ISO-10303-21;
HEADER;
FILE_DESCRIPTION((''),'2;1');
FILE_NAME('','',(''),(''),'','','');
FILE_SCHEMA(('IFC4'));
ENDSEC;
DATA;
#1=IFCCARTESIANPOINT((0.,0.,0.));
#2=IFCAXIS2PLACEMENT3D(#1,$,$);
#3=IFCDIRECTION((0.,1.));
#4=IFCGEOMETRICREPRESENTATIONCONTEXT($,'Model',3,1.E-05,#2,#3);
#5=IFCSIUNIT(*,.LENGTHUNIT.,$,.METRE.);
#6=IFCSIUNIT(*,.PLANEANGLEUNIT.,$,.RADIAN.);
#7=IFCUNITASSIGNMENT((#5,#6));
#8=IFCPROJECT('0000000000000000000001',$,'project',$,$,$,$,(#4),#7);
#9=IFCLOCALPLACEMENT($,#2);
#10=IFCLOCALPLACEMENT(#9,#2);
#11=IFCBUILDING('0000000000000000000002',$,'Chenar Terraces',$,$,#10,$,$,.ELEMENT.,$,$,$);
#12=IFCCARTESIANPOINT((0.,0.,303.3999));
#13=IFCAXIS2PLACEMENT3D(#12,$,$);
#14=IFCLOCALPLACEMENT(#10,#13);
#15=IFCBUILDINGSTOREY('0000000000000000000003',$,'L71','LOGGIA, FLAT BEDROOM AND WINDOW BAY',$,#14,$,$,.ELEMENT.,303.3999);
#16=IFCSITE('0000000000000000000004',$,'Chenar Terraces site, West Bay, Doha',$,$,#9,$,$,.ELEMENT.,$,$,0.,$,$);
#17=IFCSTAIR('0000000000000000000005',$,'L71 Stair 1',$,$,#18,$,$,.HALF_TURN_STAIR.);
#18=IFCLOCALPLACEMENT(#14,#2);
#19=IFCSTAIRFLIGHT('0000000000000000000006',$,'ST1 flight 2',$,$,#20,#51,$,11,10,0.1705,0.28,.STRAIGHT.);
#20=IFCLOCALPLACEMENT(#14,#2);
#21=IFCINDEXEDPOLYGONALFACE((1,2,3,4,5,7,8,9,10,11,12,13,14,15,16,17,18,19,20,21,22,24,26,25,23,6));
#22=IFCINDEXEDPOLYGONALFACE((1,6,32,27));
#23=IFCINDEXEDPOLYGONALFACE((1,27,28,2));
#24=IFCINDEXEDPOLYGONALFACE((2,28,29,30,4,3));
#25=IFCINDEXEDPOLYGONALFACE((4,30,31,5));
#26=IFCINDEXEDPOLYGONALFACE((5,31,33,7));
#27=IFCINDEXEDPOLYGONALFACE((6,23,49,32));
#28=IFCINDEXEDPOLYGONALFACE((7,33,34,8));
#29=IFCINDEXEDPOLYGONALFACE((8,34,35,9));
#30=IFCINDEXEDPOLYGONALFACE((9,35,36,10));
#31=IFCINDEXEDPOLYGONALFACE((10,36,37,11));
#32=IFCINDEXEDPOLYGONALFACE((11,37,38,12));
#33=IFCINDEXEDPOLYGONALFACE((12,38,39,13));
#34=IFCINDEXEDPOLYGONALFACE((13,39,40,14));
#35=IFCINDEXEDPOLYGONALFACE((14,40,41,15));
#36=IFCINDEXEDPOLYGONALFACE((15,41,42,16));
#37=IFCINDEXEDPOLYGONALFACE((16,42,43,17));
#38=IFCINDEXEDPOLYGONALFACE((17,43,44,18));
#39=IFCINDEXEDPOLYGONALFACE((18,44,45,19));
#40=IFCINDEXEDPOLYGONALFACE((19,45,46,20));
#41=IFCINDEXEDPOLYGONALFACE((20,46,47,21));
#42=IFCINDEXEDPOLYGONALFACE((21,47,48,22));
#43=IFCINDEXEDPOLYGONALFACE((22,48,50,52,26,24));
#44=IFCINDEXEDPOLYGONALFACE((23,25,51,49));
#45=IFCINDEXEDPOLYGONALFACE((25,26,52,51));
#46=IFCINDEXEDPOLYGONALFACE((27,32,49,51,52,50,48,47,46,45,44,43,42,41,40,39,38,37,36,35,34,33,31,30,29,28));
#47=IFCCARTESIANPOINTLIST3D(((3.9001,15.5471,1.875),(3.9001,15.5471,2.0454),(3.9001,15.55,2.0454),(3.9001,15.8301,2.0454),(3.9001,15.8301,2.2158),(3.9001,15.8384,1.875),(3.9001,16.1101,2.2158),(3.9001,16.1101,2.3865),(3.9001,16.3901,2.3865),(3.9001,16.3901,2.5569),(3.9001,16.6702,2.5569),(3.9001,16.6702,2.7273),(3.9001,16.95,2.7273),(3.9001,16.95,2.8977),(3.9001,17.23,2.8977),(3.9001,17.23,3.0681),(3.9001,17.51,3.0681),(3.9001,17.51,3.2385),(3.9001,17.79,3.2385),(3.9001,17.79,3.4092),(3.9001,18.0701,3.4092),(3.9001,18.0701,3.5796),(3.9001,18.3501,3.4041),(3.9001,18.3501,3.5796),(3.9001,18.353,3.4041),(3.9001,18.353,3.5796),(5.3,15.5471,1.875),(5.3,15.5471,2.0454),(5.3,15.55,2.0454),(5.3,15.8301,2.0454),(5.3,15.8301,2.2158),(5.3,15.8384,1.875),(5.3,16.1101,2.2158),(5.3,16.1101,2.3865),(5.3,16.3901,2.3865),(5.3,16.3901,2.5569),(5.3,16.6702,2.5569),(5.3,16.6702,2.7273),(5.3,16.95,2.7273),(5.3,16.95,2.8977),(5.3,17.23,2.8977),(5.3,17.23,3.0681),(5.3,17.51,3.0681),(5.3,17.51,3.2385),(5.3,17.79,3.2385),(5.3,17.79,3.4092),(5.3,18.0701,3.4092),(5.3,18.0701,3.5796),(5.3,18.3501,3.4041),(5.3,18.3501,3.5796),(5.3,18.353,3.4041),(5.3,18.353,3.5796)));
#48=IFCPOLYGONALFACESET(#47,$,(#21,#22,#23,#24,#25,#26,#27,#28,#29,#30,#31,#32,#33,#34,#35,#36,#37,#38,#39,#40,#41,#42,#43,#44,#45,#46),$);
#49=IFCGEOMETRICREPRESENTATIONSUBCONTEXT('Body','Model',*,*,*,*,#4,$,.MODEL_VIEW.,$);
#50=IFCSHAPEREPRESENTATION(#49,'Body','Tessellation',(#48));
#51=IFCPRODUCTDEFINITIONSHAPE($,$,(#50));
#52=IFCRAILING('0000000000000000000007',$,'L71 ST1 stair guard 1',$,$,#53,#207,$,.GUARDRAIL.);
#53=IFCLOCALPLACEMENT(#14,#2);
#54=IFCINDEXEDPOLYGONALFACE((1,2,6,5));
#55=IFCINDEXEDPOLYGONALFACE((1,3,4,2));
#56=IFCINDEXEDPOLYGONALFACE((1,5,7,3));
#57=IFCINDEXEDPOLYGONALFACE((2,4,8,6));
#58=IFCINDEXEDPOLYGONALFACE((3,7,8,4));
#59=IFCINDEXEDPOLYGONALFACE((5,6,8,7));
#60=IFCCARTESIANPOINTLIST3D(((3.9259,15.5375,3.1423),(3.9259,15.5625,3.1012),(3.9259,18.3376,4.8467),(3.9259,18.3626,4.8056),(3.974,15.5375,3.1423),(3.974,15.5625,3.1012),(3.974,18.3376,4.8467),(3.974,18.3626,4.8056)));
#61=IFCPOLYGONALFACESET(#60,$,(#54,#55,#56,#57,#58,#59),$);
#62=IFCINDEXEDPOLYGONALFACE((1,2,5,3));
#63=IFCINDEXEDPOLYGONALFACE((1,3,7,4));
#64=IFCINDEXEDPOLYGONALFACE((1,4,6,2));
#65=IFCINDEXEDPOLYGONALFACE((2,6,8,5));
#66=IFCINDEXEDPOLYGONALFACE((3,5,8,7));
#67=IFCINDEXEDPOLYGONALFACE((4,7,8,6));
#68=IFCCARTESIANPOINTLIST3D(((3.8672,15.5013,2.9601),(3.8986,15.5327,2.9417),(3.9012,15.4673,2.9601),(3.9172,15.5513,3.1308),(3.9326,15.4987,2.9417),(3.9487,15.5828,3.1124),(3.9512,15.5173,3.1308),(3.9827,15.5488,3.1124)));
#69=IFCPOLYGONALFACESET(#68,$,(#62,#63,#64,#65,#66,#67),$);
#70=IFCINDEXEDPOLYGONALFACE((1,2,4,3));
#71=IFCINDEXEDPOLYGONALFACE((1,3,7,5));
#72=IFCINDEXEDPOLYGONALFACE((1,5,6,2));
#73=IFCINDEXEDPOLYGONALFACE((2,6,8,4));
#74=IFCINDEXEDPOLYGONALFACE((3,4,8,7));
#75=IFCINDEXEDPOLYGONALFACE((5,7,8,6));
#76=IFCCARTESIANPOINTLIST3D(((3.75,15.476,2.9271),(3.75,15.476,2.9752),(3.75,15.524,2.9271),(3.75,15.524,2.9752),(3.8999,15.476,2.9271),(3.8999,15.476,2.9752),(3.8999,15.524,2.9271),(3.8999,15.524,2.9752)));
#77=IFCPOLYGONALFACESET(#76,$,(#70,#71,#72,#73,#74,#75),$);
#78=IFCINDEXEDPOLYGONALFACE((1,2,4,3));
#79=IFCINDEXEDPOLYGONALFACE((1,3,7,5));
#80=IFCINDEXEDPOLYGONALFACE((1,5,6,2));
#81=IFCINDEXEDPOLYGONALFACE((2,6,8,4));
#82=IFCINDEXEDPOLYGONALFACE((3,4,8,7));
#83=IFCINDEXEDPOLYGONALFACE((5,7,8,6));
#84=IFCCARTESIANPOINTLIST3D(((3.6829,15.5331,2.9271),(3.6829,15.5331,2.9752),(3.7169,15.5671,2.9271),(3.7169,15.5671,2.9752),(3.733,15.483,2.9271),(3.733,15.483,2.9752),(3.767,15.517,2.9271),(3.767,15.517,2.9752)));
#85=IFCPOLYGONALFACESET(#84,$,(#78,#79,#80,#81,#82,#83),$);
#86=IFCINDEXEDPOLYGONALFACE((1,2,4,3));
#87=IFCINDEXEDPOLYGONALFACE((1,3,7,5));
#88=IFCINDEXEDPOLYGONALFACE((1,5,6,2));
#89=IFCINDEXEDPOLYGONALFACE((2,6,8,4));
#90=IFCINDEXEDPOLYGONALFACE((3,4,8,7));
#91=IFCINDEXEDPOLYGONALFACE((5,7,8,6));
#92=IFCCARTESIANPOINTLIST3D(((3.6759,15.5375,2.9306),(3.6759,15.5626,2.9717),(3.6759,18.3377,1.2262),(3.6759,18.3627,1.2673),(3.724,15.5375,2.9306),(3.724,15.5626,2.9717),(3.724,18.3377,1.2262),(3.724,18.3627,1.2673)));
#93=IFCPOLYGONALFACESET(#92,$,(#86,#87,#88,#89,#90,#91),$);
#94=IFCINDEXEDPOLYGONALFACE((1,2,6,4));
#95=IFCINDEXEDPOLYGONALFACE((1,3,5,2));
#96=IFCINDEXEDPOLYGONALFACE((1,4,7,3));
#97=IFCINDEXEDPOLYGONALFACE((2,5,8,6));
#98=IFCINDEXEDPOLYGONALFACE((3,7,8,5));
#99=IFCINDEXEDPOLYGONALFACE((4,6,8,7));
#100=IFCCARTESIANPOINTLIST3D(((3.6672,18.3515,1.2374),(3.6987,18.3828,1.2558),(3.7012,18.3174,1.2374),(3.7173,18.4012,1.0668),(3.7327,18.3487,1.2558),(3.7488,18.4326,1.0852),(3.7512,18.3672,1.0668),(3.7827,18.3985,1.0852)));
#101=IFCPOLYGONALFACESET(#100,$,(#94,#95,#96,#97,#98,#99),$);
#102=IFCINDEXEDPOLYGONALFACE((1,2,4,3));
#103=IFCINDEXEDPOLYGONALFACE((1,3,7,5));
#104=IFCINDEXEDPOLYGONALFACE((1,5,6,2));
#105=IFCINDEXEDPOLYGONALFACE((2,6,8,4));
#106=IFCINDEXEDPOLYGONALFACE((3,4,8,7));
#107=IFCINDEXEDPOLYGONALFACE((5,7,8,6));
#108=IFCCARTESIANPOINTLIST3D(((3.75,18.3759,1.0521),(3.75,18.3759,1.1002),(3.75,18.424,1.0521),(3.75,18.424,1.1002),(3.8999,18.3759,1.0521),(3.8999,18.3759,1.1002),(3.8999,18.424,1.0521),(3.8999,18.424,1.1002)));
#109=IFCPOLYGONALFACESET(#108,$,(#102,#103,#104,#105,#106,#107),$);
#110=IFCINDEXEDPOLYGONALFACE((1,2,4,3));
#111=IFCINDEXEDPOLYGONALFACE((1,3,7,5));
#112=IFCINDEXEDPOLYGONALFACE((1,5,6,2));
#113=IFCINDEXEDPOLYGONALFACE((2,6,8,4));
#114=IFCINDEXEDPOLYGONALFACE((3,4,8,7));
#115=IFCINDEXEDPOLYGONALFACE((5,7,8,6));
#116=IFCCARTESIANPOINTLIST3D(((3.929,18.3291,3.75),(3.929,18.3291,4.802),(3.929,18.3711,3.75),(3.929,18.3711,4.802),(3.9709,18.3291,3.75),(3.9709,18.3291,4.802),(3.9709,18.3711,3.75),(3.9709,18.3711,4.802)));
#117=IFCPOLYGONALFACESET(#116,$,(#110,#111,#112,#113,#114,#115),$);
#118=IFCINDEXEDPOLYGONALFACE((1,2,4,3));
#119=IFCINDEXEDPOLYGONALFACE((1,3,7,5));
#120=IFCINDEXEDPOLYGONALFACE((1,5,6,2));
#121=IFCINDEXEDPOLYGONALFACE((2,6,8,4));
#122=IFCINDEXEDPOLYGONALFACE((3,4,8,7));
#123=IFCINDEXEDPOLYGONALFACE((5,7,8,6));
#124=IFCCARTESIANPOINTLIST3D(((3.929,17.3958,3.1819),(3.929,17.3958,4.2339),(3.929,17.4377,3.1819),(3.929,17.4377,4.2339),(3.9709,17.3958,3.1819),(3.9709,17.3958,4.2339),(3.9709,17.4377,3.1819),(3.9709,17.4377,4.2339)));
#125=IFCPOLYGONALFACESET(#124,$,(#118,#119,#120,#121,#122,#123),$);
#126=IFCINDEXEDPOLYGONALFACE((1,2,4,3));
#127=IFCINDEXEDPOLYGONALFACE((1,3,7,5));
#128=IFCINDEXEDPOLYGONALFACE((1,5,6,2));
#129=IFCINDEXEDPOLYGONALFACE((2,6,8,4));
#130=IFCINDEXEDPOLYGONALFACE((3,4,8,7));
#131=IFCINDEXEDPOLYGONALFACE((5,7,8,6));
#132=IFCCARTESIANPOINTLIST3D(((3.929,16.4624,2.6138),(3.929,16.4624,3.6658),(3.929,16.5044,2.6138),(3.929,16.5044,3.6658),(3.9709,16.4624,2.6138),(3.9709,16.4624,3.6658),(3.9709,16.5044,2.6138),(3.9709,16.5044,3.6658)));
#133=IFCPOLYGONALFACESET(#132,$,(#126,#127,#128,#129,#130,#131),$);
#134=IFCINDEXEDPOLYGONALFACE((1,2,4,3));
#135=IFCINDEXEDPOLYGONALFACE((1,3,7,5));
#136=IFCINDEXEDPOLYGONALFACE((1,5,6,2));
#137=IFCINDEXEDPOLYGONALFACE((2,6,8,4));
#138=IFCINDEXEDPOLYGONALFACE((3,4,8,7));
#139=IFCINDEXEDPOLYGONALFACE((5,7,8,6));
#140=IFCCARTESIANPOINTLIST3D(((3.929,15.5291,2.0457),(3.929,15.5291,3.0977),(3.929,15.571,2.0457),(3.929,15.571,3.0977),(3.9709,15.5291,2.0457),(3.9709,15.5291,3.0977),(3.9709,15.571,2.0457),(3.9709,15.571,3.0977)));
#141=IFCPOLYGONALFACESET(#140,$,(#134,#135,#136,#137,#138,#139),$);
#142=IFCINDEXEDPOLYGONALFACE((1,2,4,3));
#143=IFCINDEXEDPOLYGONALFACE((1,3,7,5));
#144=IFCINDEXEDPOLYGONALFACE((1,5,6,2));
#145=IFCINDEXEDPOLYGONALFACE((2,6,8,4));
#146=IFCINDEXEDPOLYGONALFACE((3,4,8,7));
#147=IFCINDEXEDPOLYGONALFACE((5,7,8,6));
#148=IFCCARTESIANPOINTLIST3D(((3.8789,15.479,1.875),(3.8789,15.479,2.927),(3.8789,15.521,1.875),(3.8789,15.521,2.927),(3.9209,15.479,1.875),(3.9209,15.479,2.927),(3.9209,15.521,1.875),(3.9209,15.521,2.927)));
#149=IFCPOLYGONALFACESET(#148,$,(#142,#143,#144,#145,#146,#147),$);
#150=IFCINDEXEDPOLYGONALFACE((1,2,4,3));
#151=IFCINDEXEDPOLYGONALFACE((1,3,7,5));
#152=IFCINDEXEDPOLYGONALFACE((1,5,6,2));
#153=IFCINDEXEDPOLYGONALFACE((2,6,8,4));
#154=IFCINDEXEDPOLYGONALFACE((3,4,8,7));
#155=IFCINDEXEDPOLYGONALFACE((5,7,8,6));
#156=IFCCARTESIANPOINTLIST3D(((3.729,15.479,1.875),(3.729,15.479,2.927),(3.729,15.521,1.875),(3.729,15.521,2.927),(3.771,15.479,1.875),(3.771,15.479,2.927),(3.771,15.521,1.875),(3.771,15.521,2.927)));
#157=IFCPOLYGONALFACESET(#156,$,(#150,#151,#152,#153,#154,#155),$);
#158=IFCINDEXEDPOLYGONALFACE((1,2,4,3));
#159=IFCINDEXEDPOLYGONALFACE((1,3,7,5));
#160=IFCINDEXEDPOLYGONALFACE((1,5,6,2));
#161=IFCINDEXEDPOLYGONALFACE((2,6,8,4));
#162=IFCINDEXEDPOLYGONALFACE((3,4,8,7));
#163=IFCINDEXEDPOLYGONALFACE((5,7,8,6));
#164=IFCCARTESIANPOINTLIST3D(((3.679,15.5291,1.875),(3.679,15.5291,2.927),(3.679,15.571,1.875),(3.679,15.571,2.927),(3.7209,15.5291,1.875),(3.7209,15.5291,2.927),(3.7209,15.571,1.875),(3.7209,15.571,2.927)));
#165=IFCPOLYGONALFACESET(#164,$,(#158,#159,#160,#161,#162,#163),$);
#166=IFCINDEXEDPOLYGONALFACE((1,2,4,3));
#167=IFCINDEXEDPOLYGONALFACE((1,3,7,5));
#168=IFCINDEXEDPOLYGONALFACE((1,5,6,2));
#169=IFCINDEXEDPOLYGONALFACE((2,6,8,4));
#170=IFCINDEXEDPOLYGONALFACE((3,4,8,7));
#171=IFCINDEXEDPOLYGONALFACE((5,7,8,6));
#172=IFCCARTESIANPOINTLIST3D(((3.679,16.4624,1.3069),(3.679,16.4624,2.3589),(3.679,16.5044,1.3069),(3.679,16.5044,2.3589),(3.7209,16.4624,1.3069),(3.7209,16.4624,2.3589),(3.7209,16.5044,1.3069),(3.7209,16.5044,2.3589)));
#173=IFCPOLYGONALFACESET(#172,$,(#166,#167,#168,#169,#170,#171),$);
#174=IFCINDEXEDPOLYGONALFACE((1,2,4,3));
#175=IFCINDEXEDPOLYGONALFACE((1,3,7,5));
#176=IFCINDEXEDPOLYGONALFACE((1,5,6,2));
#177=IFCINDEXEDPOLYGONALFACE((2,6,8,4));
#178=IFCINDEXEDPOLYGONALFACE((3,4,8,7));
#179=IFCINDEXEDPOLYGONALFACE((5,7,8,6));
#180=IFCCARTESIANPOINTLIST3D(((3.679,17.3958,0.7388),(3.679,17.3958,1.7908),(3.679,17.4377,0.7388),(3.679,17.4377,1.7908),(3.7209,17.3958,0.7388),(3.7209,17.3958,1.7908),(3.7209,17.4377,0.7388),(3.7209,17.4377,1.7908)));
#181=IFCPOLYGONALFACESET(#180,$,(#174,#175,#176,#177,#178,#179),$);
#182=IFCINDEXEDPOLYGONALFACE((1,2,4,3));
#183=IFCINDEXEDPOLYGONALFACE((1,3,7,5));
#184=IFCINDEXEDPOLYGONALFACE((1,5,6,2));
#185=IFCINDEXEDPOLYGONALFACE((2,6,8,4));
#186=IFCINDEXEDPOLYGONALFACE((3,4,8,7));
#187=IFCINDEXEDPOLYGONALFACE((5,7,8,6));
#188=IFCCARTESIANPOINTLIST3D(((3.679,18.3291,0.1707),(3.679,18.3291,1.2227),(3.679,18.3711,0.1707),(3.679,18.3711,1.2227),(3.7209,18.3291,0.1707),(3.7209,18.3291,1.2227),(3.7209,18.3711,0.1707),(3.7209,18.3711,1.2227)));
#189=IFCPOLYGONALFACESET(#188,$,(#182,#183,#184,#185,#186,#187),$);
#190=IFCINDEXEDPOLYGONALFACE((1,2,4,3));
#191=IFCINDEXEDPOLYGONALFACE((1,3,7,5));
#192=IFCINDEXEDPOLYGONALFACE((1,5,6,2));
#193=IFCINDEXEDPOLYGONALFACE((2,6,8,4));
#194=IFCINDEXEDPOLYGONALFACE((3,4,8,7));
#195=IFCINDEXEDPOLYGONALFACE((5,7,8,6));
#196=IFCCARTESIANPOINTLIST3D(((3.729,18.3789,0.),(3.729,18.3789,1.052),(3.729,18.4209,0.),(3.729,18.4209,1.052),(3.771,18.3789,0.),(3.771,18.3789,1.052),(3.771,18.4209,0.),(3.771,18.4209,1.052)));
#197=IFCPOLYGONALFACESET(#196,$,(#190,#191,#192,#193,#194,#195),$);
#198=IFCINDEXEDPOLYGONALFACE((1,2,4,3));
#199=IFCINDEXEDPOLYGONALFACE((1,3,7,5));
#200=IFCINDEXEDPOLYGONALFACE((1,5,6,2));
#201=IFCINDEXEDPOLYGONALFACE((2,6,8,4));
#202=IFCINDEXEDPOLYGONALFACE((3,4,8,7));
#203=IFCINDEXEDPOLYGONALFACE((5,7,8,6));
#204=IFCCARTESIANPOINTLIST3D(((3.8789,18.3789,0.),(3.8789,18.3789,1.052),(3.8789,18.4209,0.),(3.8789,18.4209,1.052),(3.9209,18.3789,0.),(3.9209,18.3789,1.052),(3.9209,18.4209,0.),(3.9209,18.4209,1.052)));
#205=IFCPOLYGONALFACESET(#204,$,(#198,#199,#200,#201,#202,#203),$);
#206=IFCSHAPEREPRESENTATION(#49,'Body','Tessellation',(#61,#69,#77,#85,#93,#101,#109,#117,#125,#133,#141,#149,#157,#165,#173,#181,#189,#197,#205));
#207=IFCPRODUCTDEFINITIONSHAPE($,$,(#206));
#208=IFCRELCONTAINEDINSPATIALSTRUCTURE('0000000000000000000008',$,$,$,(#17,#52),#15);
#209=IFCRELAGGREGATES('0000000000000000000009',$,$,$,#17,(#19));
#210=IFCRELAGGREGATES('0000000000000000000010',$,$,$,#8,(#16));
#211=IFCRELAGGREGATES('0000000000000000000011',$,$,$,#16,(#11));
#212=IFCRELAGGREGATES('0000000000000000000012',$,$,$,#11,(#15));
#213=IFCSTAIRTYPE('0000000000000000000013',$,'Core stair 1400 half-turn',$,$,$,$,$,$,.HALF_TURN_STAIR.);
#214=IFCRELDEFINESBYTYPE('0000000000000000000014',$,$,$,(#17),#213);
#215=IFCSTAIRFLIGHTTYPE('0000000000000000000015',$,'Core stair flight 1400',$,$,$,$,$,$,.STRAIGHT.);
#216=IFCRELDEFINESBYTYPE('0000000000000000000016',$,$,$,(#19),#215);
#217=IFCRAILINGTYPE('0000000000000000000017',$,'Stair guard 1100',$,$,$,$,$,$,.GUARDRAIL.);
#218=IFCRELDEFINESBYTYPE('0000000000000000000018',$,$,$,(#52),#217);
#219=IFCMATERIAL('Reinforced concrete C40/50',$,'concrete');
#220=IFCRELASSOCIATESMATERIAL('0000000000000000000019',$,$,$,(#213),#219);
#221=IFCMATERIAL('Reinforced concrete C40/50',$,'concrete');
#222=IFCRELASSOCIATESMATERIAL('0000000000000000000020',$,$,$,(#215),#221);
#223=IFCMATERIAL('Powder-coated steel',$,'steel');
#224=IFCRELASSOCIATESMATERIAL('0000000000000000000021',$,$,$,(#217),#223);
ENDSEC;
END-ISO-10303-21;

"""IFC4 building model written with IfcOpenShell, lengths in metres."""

from ifc_helpers import new_model, si_unit, direction, frame, origin, origin_2d, place, context, subcontext, project, spatial, polyline, rectangle, outline, extrude, material, type_object, element, aggregate, save


model = new_model("IFC4")

# Units and contexts
model_context = context("Model", 3, precision=1e-05, world=origin(), true_north=direction((0.0, 1.0)))
body_context = subcontext(model_context, "Body", "Model", "MODEL_VIEW")
ifc_project = project(units=[si_unit("LENGTHUNIT", "METRE"), si_unit("PLANEANGLEUNIT", "RADIAN")], contexts=[model_context])

# Site, building, storey
site_placement = place(None, origin())
site = spatial("IfcSite", under=ifc_project, at=site_placement, Name="Chenar Terraces site, West Bay, Doha", CompositionType="ELEMENT", RefElevation=0.0)
building_placement = place(site_placement, origin())
building = spatial("IfcBuilding", under=site, at=building_placement, Name="Chenar Terraces", CompositionType="ELEMENT")
storey_placement = place(building_placement, frame((0.0, 0.0, 303.3999)))
storey = spatial("IfcBuildingStorey", under=building, at=storey_placement, Name="L71", Description="LOGGIA, FLAT BEDROOM AND WINDOW BAY", CompositionType="ELEMENT", Elevation=303.3999)

# Stair, stair flight
ifc_material_1 = material(Name="Reinforced concrete C40/50", Category="concrete")
stair_type = type_object("IfcStairType", Name="Core stair 1400 half-turn", PredefinedType="HALF_TURN_STAIR", material=ifc_material_1)
stair_placement = place(storey_placement, origin())
stair = element("IfcStair", 1, at=stair_placement, inside=storey, type_object=stair_type, Name="L71 Stair 1", PredefinedType="HALF_TURN_STAIR")
ifc_material_2 = material(Name="Reinforced concrete C40/50", Category="concrete")
stair_flight_type = type_object("IfcStairFlightType", Name="Core stair flight 1400", PredefinedType="STRAIGHT", material=ifc_material_2)
stair_flight_1_placement = place(storey_placement, frame((4.6001, 15.55, 1.875), z_axis=(0.0, 0.0, 1.0), x_axis=(0.0, 1.0, 0.0)))
stair_flight_1 = element("IfcStairFlight", 2, at=stair_flight_1_placement, type_object=stair_flight_type, Name="ST1 flight 2", NumberOfRisers=11, NumberOfTreads=10, PredefinedType="STRAIGHT", RiserHeight=0.1705, TreadLength=0.28, context=body_context, shape_type="SweptSolid", body=[
    extrude(outline(polyline([(-0.0029, 0.0), (-0.0029, 0.1704), (0.0, 0.1704), (0.28, 0.1704), (0.28, 0.3408), (0.5601, 0.3408), (0.5601, 0.5115), (0.8401, 0.5115), (0.8401, 0.6819), (1.1201, 0.6819), (1.1201, 0.8523), (1.3999, 0.8523), (1.3999, 1.0227), (1.6799, 1.0227), (1.6799, 1.1931), (1.96, 1.1931), (1.96, 1.3635), (2.24, 1.3635), (2.24, 1.5342), (2.52, 1.5342), (2.52, 1.7046), (2.8, 1.7046), (2.803, 1.7046), (2.803, 1.5291), (2.8, 1.5291), (0.2883, 0.0), (-0.0029, 0.0)])), frame((0.0, 0.7, 0.0), z_axis=(0.0, -1.0, 0.0), x_axis=(1.0, 0.0, 0.0)), (0.0, 0.0, 1.0), 1.3999),
])
aggregate(stair, [stair_flight_1])

# Railing
ifc_material_3 = material(Name="Powder-coated steel", Category="steel")
railing_type_1 = type_object("IfcRailingType", Name="Stair guard 1100", PredefinedType="GUARDRAIL", material=ifc_material_3)
railing_1_placement = place(storey_placement, frame((3.95, 18.3501, 3.75)))
element("IfcRailing", 3, at=railing_1_placement, inside=storey, type_object=railing_type_1, Name="L71 ST1 stair guard 1", PredefinedType="GUARDRAIL", context=body_context, shape_type="SweptSolid", body=[
    extrude(rectangle(XDim=0.0481, YDim=0.0481, at=origin_2d()), frame((0.0, 0.0, 1.0762), z_axis=(0.0, -0.854203, -0.51994), x_axis=(1.0, 0.0, 0.0)), (0.0, 0.0, 1.0), 3.2781),
    extrude(rectangle(XDim=0.0481, YDim=0.0481, at=origin_2d()), frame((0.0, -2.8, -0.6284), z_axis=(-0.2709, -0.2709, -0.923703), x_axis=(0.707107, -0.707107, 0.0)), (0.0, 0.0, 1.0), 0.1848),
    extrude(rectangle(XDim=0.0481, YDim=0.0481, at=origin_2d()), frame((-0.05, -2.8501, -0.7988), z_axis=(-1.0, 0.0, 0.0), x_axis=(0.0, -1.0, 0.0)), (0.0, 0.0, 1.0), 0.1499),
    extrude(rectangle(XDim=0.0481, YDim=0.0481, at=origin_2d()), frame((-0.2, -2.8501, -0.7988), z_axis=(-0.707107, 0.707107, 0.0), x_axis=(-0.707107, -0.707107, 0.0)), (0.0, 0.0, 1.0), 0.0708),
    extrude(rectangle(XDim=0.0481, YDim=0.0481, at=origin_2d()), frame((-0.25, -2.8, -0.7988), z_axis=(0.0, 0.854203, -0.51994), x_axis=(-1.0, 0.0, 0.0)), (0.0, 0.0, 1.0), 3.2781),
    extrude(rectangle(XDim=0.0481, YDim=0.0481, at=origin_2d()), frame((-0.25, 0.0, -2.5034), z_axis=(0.270997, 0.269675, -0.924033), x_axis=(-0.705376, 0.708834, 0.0)), (0.0, 0.0, 1.0), 0.1846),
    extrude(rectangle(XDim=0.0481, YDim=0.0481, at=origin_2d()), frame((-0.2, 0.0498, -2.6738), z_axis=(1.0, 0.0, 0.0), x_axis=(0.0, 1.0, 0.0)), (0.0, 0.0, 1.0), 0.1499),
    extrude(rectangle(XDim=0.042, YDim=0.042, at=origin_2d()), origin(), (0.0, 0.0, 1.0), 1.052),
    extrude(rectangle(XDim=0.042, YDim=0.042, at=origin_2d()), frame((0.0, -0.9333, -0.5681)), (0.0, 0.0, 1.0), 1.052),
    extrude(rectangle(XDim=0.042, YDim=0.042, at=origin_2d()), frame((0.0, -1.8667, -1.1362)), (0.0, 0.0, 1.0), 1.052),
    extrude(rectangle(XDim=0.042, YDim=0.042, at=origin_2d()), frame((0.0, -2.8, -1.7043)), (0.0, 0.0, 1.0), 1.052),
    extrude(rectangle(XDim=0.042, YDim=0.042, at=origin_2d()), frame((-0.05, -2.8501, -1.875)), (0.0, 0.0, 1.0), 1.052),
    extrude(rectangle(XDim=0.042, YDim=0.042, at=origin_2d()), frame((-0.2, -2.8501, -1.875)), (0.0, 0.0, 1.0), 1.052),
    extrude(rectangle(XDim=0.042, YDim=0.042, at=origin_2d()), frame((-0.25, -2.8, -1.875)), (0.0, 0.0, 1.0), 1.052),
    extrude(rectangle(XDim=0.042, YDim=0.042, at=origin_2d()), frame((-0.25, -1.8667, -2.4431)), (0.0, 0.0, 1.0), 1.052),
    extrude(rectangle(XDim=0.042, YDim=0.042, at=origin_2d()), frame((-0.25, -0.9333, -3.0112)), (0.0, 0.0, 1.0), 1.052),
    extrude(rectangle(XDim=0.042, YDim=0.042, at=origin_2d()), frame((-0.25, 0.0, -3.5793)), (0.0, 0.0, 1.0), 1.052),
    extrude(rectangle(XDim=0.042, YDim=0.042, at=origin_2d()), frame((-0.2, 0.0498, -3.75)), (0.0, 0.0, 1.0), 1.052),
    extrude(rectangle(XDim=0.042, YDim=0.042, at=origin_2d()), frame((-0.05, 0.0498, -3.75)), (0.0, 0.0, 1.0), 1.052),
])

save(model, "model.ifc")
